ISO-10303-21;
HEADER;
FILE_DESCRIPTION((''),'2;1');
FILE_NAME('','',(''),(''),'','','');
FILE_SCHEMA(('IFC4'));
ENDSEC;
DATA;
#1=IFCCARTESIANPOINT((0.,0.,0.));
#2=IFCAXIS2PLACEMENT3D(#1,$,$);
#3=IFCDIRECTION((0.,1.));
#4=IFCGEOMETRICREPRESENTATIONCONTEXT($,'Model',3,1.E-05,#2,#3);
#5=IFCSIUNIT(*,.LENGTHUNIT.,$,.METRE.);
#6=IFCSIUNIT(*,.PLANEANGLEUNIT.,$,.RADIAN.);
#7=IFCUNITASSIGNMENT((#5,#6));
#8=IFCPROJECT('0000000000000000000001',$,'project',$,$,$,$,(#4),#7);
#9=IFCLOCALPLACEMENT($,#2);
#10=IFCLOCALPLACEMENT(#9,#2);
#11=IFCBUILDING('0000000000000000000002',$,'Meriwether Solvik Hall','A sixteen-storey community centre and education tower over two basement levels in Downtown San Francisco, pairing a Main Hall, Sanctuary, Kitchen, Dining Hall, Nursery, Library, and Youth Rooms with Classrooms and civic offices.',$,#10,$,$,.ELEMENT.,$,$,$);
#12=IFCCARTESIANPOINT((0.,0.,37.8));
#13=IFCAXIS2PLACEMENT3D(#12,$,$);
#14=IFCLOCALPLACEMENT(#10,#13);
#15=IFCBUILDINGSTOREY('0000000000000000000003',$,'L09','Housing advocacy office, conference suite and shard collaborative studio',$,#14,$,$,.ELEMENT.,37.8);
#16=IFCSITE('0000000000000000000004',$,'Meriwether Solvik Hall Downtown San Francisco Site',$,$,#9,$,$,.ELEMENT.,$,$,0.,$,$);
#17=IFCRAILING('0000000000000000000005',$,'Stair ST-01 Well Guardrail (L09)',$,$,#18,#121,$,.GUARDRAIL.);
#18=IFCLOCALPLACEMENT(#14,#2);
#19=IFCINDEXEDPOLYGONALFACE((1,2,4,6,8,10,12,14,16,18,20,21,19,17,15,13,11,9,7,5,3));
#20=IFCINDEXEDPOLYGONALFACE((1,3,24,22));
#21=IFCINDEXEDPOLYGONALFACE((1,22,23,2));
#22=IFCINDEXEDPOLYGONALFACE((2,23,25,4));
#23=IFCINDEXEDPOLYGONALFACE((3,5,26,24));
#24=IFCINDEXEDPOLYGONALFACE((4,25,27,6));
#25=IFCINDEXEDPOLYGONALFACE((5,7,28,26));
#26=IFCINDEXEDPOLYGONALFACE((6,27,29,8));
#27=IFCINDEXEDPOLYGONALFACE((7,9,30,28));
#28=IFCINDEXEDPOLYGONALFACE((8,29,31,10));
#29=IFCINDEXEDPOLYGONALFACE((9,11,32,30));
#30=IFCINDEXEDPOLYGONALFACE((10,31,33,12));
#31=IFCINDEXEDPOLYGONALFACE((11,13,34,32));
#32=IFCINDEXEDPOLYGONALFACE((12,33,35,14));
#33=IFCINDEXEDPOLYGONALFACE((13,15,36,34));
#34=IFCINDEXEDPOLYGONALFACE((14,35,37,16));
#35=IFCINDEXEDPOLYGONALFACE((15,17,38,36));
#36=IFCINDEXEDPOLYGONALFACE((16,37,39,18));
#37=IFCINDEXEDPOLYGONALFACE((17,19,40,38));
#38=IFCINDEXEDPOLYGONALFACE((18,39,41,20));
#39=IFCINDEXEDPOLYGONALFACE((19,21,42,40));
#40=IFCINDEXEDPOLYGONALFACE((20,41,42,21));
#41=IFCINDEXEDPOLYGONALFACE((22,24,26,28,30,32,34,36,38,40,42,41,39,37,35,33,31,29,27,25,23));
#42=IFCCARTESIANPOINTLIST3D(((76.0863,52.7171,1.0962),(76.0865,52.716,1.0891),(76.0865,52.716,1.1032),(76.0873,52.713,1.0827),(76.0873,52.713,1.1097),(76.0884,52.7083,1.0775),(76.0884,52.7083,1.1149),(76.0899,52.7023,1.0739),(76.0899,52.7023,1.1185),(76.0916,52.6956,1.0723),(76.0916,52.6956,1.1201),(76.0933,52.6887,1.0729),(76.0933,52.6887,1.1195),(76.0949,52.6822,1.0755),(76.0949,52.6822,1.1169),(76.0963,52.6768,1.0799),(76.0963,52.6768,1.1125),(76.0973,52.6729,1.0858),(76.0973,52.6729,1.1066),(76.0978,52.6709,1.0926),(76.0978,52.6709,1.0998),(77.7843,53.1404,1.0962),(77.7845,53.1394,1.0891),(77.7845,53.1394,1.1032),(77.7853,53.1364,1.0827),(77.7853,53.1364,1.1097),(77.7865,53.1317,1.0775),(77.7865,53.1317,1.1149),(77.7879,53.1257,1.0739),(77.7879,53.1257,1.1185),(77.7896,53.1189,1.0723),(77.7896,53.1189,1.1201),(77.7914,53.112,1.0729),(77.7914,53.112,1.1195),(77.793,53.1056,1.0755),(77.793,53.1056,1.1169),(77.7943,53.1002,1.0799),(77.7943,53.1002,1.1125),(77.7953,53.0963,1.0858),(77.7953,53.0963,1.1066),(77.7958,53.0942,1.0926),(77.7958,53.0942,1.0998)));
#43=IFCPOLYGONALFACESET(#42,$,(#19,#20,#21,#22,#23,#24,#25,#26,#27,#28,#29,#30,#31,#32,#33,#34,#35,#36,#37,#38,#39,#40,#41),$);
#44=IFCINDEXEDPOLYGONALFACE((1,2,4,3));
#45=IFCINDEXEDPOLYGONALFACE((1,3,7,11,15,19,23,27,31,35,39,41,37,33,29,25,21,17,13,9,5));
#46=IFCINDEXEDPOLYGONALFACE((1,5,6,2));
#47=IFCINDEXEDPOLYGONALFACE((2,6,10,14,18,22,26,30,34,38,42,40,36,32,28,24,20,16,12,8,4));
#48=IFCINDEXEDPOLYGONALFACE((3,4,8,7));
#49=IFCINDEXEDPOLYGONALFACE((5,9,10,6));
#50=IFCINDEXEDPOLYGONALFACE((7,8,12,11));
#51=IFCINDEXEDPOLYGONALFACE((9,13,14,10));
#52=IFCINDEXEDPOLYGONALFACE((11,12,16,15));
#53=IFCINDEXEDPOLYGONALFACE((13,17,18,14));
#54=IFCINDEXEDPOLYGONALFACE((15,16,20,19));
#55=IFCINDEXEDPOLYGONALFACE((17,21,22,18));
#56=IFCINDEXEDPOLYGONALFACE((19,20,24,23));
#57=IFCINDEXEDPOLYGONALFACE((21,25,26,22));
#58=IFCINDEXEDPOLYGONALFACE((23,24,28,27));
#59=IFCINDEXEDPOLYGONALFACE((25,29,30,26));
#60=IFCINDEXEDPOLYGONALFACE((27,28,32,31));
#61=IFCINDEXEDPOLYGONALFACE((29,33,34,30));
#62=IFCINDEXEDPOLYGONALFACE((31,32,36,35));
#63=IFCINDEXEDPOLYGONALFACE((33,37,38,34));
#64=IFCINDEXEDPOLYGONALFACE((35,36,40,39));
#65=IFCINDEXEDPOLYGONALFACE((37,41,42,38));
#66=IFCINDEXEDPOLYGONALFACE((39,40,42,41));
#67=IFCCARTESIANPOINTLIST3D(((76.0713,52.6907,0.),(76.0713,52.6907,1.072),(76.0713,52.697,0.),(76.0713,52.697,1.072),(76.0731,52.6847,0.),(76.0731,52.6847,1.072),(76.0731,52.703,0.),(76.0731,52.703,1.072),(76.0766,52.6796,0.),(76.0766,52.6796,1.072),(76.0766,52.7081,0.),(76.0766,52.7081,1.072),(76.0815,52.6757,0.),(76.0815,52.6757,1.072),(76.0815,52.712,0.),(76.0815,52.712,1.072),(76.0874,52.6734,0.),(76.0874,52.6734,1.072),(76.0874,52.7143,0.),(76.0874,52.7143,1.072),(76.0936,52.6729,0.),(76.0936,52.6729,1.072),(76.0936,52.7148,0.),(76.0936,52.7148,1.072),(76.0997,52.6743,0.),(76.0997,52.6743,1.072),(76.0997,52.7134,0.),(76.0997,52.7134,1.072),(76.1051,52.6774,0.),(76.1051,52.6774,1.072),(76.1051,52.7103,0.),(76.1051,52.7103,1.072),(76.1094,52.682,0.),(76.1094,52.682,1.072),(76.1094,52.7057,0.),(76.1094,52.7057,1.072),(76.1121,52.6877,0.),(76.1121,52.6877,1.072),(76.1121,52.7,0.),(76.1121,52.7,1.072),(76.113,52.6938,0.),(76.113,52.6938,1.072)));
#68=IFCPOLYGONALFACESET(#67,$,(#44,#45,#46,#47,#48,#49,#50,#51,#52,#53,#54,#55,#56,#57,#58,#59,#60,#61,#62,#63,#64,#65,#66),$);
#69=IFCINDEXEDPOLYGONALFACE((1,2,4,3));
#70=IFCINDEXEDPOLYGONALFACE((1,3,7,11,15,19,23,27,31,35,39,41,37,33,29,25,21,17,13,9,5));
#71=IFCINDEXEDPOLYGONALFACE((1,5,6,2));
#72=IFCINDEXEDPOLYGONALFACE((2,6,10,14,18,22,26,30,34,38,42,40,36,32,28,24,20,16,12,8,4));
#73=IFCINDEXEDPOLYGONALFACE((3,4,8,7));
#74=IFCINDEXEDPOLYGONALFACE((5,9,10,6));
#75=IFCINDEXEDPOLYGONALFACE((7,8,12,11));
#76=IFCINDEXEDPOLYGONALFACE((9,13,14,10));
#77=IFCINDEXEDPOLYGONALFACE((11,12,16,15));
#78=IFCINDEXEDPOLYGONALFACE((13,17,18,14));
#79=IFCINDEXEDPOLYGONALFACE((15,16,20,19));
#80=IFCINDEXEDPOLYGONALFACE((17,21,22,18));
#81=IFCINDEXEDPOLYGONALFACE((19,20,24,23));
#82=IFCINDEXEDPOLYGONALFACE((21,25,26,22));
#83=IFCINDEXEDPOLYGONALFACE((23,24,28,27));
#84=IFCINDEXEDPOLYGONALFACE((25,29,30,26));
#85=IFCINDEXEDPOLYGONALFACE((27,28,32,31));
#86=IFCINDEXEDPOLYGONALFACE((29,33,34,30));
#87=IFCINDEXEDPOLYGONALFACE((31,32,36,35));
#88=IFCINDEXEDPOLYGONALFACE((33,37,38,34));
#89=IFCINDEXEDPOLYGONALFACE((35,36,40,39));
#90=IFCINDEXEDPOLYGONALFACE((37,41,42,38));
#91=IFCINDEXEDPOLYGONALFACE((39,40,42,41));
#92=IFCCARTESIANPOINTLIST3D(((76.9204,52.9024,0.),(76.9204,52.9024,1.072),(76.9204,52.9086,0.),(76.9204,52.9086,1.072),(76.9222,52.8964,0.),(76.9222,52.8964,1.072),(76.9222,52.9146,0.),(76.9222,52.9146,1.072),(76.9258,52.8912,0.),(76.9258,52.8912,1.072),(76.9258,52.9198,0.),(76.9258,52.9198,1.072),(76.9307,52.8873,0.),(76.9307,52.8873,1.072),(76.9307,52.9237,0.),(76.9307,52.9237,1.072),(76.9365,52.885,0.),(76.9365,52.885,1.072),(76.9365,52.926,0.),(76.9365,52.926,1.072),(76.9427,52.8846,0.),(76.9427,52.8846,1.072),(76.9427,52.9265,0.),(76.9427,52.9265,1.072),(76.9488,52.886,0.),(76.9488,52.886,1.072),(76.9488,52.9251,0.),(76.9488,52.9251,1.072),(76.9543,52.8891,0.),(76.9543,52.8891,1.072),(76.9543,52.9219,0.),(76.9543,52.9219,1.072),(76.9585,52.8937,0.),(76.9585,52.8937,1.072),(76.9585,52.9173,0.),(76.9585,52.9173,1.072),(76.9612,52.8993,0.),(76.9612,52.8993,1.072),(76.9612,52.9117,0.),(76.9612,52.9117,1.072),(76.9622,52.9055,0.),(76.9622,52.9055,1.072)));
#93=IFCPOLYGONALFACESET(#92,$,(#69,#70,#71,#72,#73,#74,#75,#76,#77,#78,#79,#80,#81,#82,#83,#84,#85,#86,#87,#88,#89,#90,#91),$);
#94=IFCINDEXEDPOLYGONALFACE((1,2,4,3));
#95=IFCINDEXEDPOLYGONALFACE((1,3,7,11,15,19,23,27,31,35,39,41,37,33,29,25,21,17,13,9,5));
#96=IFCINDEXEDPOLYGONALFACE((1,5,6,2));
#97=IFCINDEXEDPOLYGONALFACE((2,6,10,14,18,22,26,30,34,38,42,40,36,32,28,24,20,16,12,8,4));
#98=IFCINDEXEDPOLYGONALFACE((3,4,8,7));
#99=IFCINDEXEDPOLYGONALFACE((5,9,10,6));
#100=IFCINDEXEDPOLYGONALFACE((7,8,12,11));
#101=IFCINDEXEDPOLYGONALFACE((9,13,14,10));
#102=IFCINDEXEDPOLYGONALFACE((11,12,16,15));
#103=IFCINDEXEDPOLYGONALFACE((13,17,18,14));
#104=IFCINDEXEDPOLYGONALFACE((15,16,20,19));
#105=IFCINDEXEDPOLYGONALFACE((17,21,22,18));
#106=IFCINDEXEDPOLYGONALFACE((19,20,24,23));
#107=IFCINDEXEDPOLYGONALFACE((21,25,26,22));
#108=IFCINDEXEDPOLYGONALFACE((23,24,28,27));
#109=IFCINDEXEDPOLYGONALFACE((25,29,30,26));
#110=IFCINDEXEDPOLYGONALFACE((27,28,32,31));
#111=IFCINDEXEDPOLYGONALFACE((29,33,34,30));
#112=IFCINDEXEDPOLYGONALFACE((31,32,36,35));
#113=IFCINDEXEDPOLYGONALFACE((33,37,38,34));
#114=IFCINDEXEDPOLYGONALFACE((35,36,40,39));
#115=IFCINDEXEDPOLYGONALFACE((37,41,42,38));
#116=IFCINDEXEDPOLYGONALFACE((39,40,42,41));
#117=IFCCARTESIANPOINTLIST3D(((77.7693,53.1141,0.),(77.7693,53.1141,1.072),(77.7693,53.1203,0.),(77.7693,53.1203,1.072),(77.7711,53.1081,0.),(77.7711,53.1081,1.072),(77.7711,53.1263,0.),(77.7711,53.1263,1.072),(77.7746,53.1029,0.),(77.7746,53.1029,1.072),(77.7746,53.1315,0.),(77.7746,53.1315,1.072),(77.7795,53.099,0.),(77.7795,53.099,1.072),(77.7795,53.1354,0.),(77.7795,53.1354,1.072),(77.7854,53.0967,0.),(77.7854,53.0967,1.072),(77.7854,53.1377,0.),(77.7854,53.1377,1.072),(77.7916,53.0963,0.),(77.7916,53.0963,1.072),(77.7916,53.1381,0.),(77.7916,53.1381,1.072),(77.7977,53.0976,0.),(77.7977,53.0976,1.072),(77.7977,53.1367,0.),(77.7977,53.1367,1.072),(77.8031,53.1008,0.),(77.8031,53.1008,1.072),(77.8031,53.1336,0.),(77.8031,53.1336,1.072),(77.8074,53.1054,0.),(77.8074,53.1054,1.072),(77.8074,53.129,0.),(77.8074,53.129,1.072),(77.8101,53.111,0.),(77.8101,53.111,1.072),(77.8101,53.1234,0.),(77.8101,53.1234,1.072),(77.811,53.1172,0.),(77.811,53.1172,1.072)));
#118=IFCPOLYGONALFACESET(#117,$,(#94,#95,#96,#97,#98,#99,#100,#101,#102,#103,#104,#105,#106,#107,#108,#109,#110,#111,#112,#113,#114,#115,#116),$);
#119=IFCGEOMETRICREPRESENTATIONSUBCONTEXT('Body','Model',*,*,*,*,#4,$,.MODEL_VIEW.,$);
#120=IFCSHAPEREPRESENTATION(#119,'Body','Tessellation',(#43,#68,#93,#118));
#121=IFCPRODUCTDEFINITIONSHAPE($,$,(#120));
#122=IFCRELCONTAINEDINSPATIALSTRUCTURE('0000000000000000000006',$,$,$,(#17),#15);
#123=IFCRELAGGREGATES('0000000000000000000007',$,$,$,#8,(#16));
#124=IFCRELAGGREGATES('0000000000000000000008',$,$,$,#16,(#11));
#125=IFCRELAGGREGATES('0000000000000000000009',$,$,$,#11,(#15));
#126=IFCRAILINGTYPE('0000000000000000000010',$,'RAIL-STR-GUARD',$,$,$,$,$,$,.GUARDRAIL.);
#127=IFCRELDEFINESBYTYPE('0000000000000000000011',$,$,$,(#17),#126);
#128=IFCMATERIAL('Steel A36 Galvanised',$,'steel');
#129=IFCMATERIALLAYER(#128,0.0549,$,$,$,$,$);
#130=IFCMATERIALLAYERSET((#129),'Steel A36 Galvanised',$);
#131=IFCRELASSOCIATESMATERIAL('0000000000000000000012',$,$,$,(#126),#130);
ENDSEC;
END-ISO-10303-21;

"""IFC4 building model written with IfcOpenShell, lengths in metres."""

from ifc_helpers import new_model, si_unit, direction, frame, origin, origin_2d, place, context, subcontext, project, spatial, circle, extrude, material, layer, layer_set, type_object, element, save


model = new_model("IFC4")

# Units and contexts
model_context = context("Model", 3, precision=1e-05, world=origin(), true_north=direction((0.0, 1.0)))
body_context = subcontext(model_context, "Body", "Model", "MODEL_VIEW")
ifc_project = project(units=[si_unit("LENGTHUNIT", "METRE"), si_unit("PLANEANGLEUNIT", "RADIAN")], contexts=[model_context])

# Site, building, storey
site_placement = place(None, origin())
site = spatial("IfcSite", under=ifc_project, at=site_placement, Name="Meriwether Solvik Hall Downtown San Francisco Site", CompositionType="ELEMENT", RefElevation=0.0)
building_placement = place(site_placement, origin())
building = spatial("IfcBuilding", under=site, at=building_placement, Name="Meriwether Solvik Hall", Description="A sixteen-storey community centre and education tower over two basement levels in Downtown San Francisco, pairing a Main Hall, Sanctuary, Kitchen, Dining Hall, Nursery, Library, and Youth Rooms with Classrooms and civic offices.", CompositionType="ELEMENT")
storey_placement = place(building_placement, frame((0.0, 0.0, 37.8)))
storey = spatial("IfcBuildingStorey", under=building, at=storey_placement, Name="L09", Description="Housing advocacy office, conference suite and shard collaborative studio", CompositionType="ELEMENT", Elevation=37.8)

# Railing
ifc_material_1 = material(Name="Steel A36 Galvanised", Category="steel")
ifc_layer_1 = layer(ifc_material_1, 0.0549)
ifc_layer_set_1 = layer_set([ifc_layer_1], Name="Steel A36 Galvanised")
railing_type_1 = type_object("IfcRailingType", Name="RAIL-STR-GUARD", PredefinedType="GUARDRAIL", material=ifc_layer_set_1)
railing_1_placement = place(storey_placement, frame((76.092, 52.6938, 0.0)))
element("IfcRailing", 1, at=railing_1_placement, inside=storey, type_object=railing_type_1, Name="Stair ST-01 Well Guardrail (L09)", PredefinedType="GUARDRAIL", context=body_context, shape_type="SweptSolid", body=[
    extrude(circle(Radius=0.0239, at=origin_2d()), frame((0.0, 0.0, 1.0962), z_axis=(0.970298, 0.241912, 0.0), x_axis=(-0.241912, 0.970298, 0.0)), (0.0, 0.0, 1.0), 1.75),
    extrude(circle(Radius=0.021, at=origin_2d()), origin(), (0.0, 0.0, 1.0), 1.072),
    extrude(circle(Radius=0.021, at=origin_2d()), frame((0.8491, 0.2117, 0.0)), (0.0, 0.0, 1.0), 1.072),
    extrude(circle(Radius=0.021, at=origin_2d()), frame((1.698, 0.4233, 0.0)), (0.0, 0.0, 1.0), 1.072),
])

save(model, "model.ifc")
